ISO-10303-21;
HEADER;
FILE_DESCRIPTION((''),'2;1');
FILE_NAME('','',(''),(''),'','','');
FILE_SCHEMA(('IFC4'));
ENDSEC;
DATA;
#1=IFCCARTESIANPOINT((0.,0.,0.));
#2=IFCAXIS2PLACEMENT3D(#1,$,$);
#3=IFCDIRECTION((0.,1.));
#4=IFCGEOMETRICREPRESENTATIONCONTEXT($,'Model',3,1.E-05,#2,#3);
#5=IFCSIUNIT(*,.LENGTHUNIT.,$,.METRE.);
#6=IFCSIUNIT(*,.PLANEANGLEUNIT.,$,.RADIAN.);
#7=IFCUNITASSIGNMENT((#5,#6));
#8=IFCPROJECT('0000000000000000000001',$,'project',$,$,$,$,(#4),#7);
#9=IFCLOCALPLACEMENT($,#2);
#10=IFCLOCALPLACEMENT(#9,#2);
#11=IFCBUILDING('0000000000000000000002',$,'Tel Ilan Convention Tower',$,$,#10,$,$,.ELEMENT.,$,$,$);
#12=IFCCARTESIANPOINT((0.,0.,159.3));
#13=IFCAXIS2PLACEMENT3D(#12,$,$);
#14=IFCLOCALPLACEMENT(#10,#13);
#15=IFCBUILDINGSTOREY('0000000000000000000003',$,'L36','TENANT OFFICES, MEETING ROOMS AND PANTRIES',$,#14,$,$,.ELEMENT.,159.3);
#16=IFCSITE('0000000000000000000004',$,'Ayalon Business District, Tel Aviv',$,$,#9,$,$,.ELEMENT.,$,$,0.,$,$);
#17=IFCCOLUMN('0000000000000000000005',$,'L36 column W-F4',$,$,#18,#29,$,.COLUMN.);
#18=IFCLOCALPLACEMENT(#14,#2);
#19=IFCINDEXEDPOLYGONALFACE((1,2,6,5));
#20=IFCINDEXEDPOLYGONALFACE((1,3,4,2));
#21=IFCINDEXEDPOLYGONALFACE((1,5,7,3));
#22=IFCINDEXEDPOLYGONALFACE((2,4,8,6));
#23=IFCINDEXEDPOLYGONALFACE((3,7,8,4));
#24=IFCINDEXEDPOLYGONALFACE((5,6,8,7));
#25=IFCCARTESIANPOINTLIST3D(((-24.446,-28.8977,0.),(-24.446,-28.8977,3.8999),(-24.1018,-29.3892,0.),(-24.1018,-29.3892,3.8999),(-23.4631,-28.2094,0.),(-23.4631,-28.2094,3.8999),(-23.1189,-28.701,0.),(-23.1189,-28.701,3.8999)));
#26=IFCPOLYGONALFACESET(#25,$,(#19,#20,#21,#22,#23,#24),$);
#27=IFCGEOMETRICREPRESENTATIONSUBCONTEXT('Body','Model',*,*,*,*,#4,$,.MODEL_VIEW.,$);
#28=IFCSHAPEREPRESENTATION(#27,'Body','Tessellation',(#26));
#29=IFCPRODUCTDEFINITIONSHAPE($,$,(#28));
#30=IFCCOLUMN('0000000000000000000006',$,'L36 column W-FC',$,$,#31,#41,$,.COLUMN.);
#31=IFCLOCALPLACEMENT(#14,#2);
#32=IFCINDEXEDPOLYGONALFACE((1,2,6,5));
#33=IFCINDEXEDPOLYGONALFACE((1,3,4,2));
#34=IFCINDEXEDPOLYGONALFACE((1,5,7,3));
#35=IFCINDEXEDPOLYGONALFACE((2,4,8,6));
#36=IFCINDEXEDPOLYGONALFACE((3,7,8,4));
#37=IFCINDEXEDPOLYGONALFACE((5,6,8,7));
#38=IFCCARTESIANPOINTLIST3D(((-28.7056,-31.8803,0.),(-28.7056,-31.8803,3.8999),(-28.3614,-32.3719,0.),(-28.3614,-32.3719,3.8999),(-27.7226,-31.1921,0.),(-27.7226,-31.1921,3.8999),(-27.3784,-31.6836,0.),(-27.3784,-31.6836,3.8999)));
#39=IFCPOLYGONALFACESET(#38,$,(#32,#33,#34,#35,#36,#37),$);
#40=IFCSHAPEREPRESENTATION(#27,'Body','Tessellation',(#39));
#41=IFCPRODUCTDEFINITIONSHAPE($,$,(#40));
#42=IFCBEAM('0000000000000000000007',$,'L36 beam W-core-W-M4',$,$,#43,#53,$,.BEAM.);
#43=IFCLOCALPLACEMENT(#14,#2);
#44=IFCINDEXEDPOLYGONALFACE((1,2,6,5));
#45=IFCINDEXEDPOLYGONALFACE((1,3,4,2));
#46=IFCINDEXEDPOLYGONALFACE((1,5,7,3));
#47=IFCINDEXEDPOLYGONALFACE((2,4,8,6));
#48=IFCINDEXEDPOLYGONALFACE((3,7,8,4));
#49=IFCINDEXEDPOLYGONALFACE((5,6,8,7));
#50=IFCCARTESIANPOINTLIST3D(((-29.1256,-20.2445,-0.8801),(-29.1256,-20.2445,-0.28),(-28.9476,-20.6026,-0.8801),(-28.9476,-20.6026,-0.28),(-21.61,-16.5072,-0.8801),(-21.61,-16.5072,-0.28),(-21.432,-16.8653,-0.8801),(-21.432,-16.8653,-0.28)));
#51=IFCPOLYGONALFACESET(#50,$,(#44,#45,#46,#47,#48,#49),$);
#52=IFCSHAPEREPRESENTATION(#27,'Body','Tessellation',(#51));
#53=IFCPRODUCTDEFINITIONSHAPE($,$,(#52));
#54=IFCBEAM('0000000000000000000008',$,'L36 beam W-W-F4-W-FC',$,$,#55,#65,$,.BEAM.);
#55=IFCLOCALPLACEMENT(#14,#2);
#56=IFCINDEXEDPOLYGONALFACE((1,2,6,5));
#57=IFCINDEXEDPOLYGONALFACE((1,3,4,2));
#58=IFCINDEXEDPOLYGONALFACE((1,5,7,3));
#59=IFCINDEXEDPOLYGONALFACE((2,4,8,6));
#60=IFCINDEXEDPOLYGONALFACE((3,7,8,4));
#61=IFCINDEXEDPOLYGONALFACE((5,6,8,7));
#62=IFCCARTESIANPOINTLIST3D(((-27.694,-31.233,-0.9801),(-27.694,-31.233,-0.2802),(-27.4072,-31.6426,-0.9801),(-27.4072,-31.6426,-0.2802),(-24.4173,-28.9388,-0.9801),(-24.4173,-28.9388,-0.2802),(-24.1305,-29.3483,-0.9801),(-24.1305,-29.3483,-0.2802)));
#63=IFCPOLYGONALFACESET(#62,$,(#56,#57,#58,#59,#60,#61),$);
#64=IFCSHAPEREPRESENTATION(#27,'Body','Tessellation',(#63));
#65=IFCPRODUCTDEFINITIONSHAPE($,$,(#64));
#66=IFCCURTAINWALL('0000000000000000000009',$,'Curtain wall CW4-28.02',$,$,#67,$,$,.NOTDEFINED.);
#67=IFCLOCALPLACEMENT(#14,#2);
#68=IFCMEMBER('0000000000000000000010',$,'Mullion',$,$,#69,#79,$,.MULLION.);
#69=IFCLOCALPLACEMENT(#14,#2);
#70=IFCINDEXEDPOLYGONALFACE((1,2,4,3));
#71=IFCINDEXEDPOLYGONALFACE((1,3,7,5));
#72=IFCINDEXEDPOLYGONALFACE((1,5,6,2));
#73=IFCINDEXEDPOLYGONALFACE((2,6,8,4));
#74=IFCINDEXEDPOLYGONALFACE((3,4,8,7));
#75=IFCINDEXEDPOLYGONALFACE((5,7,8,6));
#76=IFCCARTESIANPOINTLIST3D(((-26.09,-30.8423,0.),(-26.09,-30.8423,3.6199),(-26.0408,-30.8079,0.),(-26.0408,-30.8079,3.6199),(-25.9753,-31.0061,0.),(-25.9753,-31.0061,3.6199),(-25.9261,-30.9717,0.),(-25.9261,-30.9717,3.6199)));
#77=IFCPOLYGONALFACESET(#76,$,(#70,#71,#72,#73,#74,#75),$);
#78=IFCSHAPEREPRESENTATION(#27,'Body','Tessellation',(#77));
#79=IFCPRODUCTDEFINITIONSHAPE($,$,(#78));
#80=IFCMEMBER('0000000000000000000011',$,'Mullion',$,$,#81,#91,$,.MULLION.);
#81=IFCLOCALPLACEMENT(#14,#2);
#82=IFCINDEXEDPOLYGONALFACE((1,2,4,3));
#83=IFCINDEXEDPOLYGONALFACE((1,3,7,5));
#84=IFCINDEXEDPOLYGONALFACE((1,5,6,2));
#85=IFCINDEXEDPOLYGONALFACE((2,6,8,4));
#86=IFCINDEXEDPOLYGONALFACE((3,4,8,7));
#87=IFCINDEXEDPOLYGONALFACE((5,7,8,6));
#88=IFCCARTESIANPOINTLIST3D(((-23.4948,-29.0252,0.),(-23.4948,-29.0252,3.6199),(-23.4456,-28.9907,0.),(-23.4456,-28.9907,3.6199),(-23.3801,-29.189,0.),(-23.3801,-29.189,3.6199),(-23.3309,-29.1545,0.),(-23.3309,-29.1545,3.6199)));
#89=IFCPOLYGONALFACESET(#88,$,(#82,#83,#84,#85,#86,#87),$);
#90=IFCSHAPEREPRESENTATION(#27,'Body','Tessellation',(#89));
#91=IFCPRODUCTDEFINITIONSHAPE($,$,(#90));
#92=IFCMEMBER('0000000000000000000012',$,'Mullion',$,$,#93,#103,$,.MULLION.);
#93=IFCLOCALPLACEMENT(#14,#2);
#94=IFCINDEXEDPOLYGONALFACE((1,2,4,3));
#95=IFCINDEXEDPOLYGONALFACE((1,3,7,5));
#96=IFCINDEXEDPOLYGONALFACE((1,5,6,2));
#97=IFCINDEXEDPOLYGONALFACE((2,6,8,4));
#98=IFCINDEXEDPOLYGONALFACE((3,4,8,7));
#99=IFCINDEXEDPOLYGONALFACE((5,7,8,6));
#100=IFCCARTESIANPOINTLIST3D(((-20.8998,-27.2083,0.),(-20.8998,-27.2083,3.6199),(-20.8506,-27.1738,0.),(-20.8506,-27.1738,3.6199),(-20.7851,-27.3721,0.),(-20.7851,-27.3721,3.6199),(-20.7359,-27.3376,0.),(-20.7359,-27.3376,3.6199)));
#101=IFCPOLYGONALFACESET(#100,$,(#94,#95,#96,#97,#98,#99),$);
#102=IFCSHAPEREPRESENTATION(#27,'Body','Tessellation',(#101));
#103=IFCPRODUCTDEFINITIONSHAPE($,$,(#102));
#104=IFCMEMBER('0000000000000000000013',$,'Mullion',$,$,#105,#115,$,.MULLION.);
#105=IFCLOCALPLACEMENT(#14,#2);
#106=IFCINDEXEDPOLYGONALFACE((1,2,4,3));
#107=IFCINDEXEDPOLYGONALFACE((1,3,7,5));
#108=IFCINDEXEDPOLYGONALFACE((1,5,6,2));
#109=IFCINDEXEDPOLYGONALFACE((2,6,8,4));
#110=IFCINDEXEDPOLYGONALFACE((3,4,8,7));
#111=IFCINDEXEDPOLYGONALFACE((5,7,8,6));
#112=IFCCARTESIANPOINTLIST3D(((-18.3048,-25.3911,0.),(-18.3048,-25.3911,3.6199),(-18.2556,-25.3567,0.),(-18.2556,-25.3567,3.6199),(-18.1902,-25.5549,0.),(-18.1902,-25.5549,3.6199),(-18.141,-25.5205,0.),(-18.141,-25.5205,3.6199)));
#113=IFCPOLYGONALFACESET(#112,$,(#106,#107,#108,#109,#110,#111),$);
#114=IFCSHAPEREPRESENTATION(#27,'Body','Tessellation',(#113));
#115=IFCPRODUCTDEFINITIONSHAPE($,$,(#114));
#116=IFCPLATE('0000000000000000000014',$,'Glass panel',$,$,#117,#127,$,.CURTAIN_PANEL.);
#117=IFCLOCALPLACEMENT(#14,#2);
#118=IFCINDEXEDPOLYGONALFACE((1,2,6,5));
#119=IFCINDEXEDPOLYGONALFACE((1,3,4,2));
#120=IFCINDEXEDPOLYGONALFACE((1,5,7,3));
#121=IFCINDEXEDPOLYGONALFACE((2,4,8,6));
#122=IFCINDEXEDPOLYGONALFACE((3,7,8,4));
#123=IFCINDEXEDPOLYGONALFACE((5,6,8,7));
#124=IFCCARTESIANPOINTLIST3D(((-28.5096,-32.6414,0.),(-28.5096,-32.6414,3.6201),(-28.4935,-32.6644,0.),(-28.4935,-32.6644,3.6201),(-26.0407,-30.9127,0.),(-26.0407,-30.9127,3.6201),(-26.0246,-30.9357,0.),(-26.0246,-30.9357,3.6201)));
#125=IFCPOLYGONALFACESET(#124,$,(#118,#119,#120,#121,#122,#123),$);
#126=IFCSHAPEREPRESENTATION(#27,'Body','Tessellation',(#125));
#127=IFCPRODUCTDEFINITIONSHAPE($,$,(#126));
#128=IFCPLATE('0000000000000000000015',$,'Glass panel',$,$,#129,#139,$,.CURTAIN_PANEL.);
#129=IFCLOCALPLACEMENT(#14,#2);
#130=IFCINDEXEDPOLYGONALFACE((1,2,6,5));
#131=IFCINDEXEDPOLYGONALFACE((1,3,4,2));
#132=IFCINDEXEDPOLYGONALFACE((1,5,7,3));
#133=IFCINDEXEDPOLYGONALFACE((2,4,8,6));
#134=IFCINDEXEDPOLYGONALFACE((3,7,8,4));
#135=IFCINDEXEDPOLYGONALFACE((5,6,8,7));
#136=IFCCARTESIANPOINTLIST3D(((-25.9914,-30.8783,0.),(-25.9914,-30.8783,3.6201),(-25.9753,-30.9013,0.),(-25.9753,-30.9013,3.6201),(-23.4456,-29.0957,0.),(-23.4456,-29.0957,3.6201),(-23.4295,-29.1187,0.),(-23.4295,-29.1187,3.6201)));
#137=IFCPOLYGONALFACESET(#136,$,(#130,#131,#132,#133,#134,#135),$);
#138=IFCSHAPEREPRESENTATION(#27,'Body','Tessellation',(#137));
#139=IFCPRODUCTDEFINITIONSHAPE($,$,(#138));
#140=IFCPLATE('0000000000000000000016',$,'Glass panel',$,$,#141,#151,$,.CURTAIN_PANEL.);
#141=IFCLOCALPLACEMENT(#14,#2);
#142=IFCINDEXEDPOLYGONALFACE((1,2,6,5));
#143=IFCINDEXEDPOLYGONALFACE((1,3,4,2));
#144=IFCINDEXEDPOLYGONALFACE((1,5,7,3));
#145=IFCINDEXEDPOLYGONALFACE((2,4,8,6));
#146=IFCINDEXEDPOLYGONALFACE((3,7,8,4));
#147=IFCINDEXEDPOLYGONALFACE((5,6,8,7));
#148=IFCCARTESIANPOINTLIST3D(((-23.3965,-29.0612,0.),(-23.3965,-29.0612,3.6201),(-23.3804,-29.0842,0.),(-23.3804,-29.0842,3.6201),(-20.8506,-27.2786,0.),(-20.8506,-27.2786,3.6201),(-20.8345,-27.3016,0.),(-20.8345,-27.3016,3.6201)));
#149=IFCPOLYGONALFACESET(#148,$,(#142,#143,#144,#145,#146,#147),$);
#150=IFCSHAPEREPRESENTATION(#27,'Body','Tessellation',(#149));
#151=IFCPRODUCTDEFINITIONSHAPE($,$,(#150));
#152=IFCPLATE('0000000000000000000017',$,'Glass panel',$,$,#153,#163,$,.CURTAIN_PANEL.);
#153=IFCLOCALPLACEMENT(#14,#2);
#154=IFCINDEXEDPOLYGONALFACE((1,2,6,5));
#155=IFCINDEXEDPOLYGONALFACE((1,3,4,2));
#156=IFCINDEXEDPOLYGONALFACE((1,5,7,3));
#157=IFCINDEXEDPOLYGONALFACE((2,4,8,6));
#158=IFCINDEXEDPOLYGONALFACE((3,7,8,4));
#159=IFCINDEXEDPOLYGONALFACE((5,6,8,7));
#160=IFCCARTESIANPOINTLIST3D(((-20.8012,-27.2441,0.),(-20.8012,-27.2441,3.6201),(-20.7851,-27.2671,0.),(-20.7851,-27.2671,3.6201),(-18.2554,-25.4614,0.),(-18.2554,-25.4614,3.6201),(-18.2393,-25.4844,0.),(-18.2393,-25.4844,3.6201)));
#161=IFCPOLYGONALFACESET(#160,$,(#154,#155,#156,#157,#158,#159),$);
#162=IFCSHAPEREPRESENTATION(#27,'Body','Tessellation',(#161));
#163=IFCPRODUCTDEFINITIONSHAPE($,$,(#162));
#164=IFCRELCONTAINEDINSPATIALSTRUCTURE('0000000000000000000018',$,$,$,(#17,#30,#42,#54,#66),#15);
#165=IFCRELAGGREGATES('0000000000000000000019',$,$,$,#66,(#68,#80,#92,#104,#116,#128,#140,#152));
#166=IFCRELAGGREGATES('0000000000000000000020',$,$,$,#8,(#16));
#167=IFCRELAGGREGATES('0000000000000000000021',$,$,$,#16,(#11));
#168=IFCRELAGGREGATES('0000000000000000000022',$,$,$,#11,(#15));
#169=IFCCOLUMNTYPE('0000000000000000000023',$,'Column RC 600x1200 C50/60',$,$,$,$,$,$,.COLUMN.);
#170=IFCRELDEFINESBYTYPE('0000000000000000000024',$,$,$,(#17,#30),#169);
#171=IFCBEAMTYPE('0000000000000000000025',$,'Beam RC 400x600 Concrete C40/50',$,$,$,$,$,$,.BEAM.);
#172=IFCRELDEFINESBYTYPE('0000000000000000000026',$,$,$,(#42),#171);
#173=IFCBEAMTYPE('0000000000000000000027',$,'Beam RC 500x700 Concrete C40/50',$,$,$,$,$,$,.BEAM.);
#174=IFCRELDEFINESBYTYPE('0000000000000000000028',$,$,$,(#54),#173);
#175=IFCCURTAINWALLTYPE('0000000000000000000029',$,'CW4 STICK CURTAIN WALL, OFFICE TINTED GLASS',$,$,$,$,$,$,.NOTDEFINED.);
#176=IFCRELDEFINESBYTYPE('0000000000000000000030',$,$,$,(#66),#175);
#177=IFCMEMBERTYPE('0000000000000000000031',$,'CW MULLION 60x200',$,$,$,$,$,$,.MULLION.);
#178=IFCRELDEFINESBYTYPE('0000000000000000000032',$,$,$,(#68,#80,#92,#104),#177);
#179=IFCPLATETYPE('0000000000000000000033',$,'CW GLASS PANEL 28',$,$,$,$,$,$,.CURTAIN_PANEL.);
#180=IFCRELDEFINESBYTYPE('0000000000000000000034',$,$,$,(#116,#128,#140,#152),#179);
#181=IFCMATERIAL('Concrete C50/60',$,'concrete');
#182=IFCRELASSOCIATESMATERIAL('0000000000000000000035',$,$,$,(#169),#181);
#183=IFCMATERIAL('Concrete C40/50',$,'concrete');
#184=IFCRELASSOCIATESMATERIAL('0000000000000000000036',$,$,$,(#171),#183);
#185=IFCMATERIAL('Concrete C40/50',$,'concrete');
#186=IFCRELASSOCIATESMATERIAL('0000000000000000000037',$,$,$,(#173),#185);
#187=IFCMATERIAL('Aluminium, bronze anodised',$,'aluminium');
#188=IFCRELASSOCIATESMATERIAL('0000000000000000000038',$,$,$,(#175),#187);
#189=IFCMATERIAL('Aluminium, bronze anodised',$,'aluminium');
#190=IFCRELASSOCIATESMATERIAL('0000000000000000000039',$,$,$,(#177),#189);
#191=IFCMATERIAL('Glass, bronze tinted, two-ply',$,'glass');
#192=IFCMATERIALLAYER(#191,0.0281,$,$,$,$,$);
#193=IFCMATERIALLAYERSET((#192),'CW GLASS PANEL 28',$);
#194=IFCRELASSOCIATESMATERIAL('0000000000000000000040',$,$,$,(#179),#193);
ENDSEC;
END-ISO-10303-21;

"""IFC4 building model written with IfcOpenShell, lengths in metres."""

from ifc_helpers import new_model, si_unit, direction, frame, origin, origin_2d, place, context, subcontext, project, spatial, rectangle, extrude, material, layer, layer_set, material_profile, profile_set, type_object, element, aggregate, save


model = new_model("IFC4")

# Units and contexts
model_context = context("Model", 3, precision=1e-05, world=origin(), true_north=direction((0.0, 1.0)))
body_context = subcontext(model_context, "Body", "Model", "MODEL_VIEW")
ifc_project = project(units=[si_unit("LENGTHUNIT", "METRE"), si_unit("PLANEANGLEUNIT", "RADIAN")], contexts=[model_context])

# Site, building, storey
site_placement = place(None, origin())
site = spatial("IfcSite", under=ifc_project, at=site_placement, Name="Ayalon Business District, Tel Aviv", CompositionType="ELEMENT", RefElevation=0.0)
building_placement = place(site_placement, origin())
building = spatial("IfcBuilding", under=site, at=building_placement, Name="Tel Ilan Convention Tower", CompositionType="ELEMENT")
storey_placement = place(building_placement, frame((0.0, 0.0, 159.3)))
storey = spatial("IfcBuildingStorey", under=building, at=storey_placement, Name="L36", Description="TENANT OFFICES, MEETING ROOMS AND PANTRIES", CompositionType="ELEMENT", Elevation=159.3)

# Columns
ifc_material_1 = material(Name="Concrete C50/60", Category="concrete")
ifc_material_profile_1 = material_profile(ifc_material_1, rectangle(XDim=1.2, YDim=0.6001, at=origin_2d()), Name="RC 600x1200")
ifc_profile_set_1 = profile_set([ifc_material_profile_1], Name="Concrete C50/60")
column_type = type_object("IfcColumnType", Name="Column RC 600x1200 C50/60", PredefinedType="COLUMN", material=ifc_profile_set_1)
for number, where, z_axis, x_axis, name in (
    (1, (-23.7825, -28.7993, 0.0), (0.0, 0.0, 1.0), (-0.819152, -0.573576, 0.0), "L36 column W-F4"),
    (2, (-28.042, -31.782, 0.0), (0.0, 0.0, 1.0), (-0.819152, -0.573576, 0.0), "L36 column W-FC"),
):
    element("IfcColumn", number, at=place(storey_placement, frame(where, z_axis=z_axis, x_axis=x_axis)), inside=storey, type_object=column_type, Name=name, PredefinedType="COLUMN", context=body_context, shape_type="SweptSolid", body=[
        extrude(rectangle(XDim=1.2, YDim=0.6001, at=origin_2d()), origin(), (0.0, 0.0, 1.0), 3.8999),
    ])

# Beams
ifc_material_2 = material(Name="Concrete C40/50", Category="concrete")
ifc_material_profile_2 = material_profile(ifc_material_2, rectangle(XDim=0.3999, YDim=0.6001, at=origin_2d()), Name="RC 400x600")
ifc_profile_set_2 = profile_set([ifc_material_profile_2], Name="Concrete C40/50")
beam_type_1 = type_object("IfcBeamType", Name="Beam RC 400x600 Concrete C40/50", PredefinedType="BEAM", material=ifc_profile_set_2)
beam_1_placement = place(storey_placement, frame((-21.521, -16.6863, -0.5801), z_axis=(-0.895402, -0.445258, 0.0), x_axis=(0.445258, -0.895402, 0.0)))
element("IfcBeam", 3, at=beam_1_placement, inside=storey, type_object=beam_type_1, Name="L36 beam W-core-W-M4", PredefinedType="BEAM", context=body_context, shape_type="SweptSolid", body=[
    extrude(rectangle(XDim=0.3999, YDim=0.6001, at=origin_2d()), origin(), (0.0, 0.0, 1.0), 8.3936),
])
ifc_material_3 = material(Name="Concrete C40/50", Category="concrete")
ifc_material_profile_3 = material_profile(ifc_material_3, rectangle(XDim=0.5, YDim=0.7, at=origin_2d()), Name="RC 500x700")
ifc_profile_set_3 = profile_set([ifc_material_profile_3], Name="Concrete C40/50")
beam_type_2 = type_object("IfcBeamType", Name="Beam RC 500x700 Concrete C40/50", PredefinedType="BEAM", material=ifc_profile_set_3)
beam_2_placement = place(storey_placement, frame((-24.2739, -29.1436, -0.6301), z_axis=(-0.819166, -0.573557, 0.0), x_axis=(0.573557, -0.819166, 0.0)))
element("IfcBeam", 4, at=beam_2_placement, inside=storey, type_object=beam_type_2, Name="L36 beam W-W-F4-W-FC", PredefinedType="BEAM", context=body_context, shape_type="SweptSolid", body=[
    extrude(rectangle(XDim=0.5, YDim=0.7, at=origin_2d()), origin(), (0.0, 0.0, 1.0), 4.0),
])

# Curtain wall, members, plates
ifc_material_4 = material(Name="Aluminium, bronze anodised", Category="aluminium")
curtain_wall_type = type_object("IfcCurtainWallType", Name="CW4 STICK CURTAIN WALL, OFFICE TINTED GLASS", PredefinedType="NOTDEFINED", material=ifc_material_4)
curtain_wall_placement = place(storey_placement, origin())
curtain_wall = element("IfcCurtainWall", 5, at=curtain_wall_placement, inside=storey, type_object=curtain_wall_type, Name="Curtain wall CW4-28.02", PredefinedType="NOTDEFINED")
ifc_material_5 = material(Name="Aluminium, bronze anodised", Category="aluminium")
ifc_material_profile_4 = material_profile(ifc_material_5, rectangle(XDim=0.0601, YDim=0.2, at=origin_2d()), Name="CW MULLION 60x200")
ifc_profile_set_4 = profile_set([ifc_material_profile_4], Name="Aluminium, bronze anodised")
member_type = type_object("IfcMemberType", Name="CW MULLION 60x200", PredefinedType="MULLION", material=ifc_profile_set_4)
member_1_placement = place(storey_placement, frame((-26.0081, -30.907, 0.0), z_axis=(0.0, 0.0, 1.0), x_axis=(0.819152, 0.573576, 0.0)))
member_1 = element("IfcMember", 6, at=member_1_placement, type_object=member_type, Name="Mullion", PredefinedType="MULLION", context=body_context, shape_type="SweptSolid", body=[
    extrude(rectangle(XDim=0.0601, YDim=0.2, at=origin_2d()), origin(), (0.0, 0.0, 1.0), 3.6199),
])
member_2_placement = place(storey_placement, frame((-23.4128, -29.0898, 0.0), z_axis=(0.0, 0.0, 1.0), x_axis=(0.819152, 0.573576, 0.0)))
member_2 = element("IfcMember", 7, at=member_2_placement, type_object=member_type, Name="Mullion", PredefinedType="MULLION", context=body_context, shape_type="SweptSolid", body=[
    extrude(rectangle(XDim=0.0601, YDim=0.2, at=origin_2d()), origin(), (0.0, 0.0, 1.0), 3.6199),
])
member_3_placement = place(storey_placement, frame((-20.8179, -27.2729, 0.0), z_axis=(0.0, 0.0, 1.0), x_axis=(0.819152, 0.573576, 0.0)))
member_3 = element("IfcMember", 8, at=member_3_placement, type_object=member_type, Name="Mullion", PredefinedType="MULLION", context=body_context, shape_type="SweptSolid", body=[
    extrude(rectangle(XDim=0.0601, YDim=0.2, at=origin_2d()), origin(), (0.0, 0.0, 1.0), 3.6199),
])
member_4_placement = place(storey_placement, frame((-18.2229, -25.4558, 0.0), z_axis=(0.0, 0.0, 1.0), x_axis=(0.819152, 0.573576, 0.0)))
member_4 = element("IfcMember", 9, at=member_4_placement, type_object=member_type, Name="Mullion", PredefinedType="MULLION", context=body_context, shape_type="SweptSolid", body=[
    extrude(rectangle(XDim=0.0601, YDim=0.2, at=origin_2d()), origin(), (0.0, 0.0, 1.0), 3.6199),
])
ifc_material_6 = material(Name="Glass, bronze tinted, two-ply", Category="glass")
ifc_layer_1 = layer(ifc_material_6, 0.0281)
ifc_layer_set_1 = layer_set([ifc_layer_1], Name="CW GLASS PANEL 28")
plate_type = type_object("IfcPlateType", Name="CW GLASS PANEL 28", PredefinedType="CURTAIN_PANEL", material=ifc_layer_set_1)
plate_1_placement = place(storey_placement, frame((-27.2671, -31.7886, 0.0), z_axis=(0.0, 0.0, 1.0), x_axis=(0.819152, 0.573576, 0.0)))
plate_1 = element("IfcPlate", 10, at=plate_1_placement, type_object=plate_type, Name="Glass panel", PredefinedType="CURTAIN_PANEL", context=body_context, shape_type="SweptSolid", body=[
    extrude(rectangle(XDim=3.0139, YDim=0.0281, at=origin_2d()), origin(), (0.0, 0.0, 1.0), 3.6201),
])
plate_2_placement = place(storey_placement, frame((-24.7104, -29.9985, 0.0), z_axis=(0.0, 0.0, 1.0), x_axis=(0.819152, 0.573576, 0.0)))
plate_2 = element("IfcPlate", 11, at=plate_2_placement, type_object=plate_type, Name="Glass panel", PredefinedType="CURTAIN_PANEL", context=body_context, shape_type="SweptSolid", body=[
    extrude(rectangle(XDim=3.1079, YDim=0.0281, at=origin_2d()), origin(), (0.0, 0.0, 1.0), 3.6201),
])
plate_3_placement = place(storey_placement, frame((-22.1155, -28.1814, 0.0), z_axis=(0.0, 0.0, 1.0), x_axis=(0.819152, 0.573576, 0.0)))
plate_3 = element("IfcPlate", 12, at=plate_3_placement, type_object=plate_type, Name="Glass panel", PredefinedType="CURTAIN_PANEL", context=body_context, shape_type="SweptSolid", body=[
    extrude(rectangle(XDim=3.1079, YDim=0.0281, at=origin_2d()), origin(), (0.0, 0.0, 1.0), 3.6201),
])
plate_4_placement = place(storey_placement, frame((-19.5203, -26.3643, 0.0), z_axis=(0.0, 0.0, 1.0), x_axis=(0.819152, 0.573576, 0.0)))
plate_4 = element("IfcPlate", 13, at=plate_4_placement, type_object=plate_type, Name="Glass panel", PredefinedType="CURTAIN_PANEL", context=body_context, shape_type="SweptSolid", body=[
    extrude(rectangle(XDim=3.1079, YDim=0.0281, at=origin_2d()), origin(), (0.0, 0.0, 1.0), 3.6201),
])
aggregate(curtain_wall, [member_1, member_2, member_3, member_4, plate_1, plate_2, plate_3, plate_4])

save(model, "model.ifc")
